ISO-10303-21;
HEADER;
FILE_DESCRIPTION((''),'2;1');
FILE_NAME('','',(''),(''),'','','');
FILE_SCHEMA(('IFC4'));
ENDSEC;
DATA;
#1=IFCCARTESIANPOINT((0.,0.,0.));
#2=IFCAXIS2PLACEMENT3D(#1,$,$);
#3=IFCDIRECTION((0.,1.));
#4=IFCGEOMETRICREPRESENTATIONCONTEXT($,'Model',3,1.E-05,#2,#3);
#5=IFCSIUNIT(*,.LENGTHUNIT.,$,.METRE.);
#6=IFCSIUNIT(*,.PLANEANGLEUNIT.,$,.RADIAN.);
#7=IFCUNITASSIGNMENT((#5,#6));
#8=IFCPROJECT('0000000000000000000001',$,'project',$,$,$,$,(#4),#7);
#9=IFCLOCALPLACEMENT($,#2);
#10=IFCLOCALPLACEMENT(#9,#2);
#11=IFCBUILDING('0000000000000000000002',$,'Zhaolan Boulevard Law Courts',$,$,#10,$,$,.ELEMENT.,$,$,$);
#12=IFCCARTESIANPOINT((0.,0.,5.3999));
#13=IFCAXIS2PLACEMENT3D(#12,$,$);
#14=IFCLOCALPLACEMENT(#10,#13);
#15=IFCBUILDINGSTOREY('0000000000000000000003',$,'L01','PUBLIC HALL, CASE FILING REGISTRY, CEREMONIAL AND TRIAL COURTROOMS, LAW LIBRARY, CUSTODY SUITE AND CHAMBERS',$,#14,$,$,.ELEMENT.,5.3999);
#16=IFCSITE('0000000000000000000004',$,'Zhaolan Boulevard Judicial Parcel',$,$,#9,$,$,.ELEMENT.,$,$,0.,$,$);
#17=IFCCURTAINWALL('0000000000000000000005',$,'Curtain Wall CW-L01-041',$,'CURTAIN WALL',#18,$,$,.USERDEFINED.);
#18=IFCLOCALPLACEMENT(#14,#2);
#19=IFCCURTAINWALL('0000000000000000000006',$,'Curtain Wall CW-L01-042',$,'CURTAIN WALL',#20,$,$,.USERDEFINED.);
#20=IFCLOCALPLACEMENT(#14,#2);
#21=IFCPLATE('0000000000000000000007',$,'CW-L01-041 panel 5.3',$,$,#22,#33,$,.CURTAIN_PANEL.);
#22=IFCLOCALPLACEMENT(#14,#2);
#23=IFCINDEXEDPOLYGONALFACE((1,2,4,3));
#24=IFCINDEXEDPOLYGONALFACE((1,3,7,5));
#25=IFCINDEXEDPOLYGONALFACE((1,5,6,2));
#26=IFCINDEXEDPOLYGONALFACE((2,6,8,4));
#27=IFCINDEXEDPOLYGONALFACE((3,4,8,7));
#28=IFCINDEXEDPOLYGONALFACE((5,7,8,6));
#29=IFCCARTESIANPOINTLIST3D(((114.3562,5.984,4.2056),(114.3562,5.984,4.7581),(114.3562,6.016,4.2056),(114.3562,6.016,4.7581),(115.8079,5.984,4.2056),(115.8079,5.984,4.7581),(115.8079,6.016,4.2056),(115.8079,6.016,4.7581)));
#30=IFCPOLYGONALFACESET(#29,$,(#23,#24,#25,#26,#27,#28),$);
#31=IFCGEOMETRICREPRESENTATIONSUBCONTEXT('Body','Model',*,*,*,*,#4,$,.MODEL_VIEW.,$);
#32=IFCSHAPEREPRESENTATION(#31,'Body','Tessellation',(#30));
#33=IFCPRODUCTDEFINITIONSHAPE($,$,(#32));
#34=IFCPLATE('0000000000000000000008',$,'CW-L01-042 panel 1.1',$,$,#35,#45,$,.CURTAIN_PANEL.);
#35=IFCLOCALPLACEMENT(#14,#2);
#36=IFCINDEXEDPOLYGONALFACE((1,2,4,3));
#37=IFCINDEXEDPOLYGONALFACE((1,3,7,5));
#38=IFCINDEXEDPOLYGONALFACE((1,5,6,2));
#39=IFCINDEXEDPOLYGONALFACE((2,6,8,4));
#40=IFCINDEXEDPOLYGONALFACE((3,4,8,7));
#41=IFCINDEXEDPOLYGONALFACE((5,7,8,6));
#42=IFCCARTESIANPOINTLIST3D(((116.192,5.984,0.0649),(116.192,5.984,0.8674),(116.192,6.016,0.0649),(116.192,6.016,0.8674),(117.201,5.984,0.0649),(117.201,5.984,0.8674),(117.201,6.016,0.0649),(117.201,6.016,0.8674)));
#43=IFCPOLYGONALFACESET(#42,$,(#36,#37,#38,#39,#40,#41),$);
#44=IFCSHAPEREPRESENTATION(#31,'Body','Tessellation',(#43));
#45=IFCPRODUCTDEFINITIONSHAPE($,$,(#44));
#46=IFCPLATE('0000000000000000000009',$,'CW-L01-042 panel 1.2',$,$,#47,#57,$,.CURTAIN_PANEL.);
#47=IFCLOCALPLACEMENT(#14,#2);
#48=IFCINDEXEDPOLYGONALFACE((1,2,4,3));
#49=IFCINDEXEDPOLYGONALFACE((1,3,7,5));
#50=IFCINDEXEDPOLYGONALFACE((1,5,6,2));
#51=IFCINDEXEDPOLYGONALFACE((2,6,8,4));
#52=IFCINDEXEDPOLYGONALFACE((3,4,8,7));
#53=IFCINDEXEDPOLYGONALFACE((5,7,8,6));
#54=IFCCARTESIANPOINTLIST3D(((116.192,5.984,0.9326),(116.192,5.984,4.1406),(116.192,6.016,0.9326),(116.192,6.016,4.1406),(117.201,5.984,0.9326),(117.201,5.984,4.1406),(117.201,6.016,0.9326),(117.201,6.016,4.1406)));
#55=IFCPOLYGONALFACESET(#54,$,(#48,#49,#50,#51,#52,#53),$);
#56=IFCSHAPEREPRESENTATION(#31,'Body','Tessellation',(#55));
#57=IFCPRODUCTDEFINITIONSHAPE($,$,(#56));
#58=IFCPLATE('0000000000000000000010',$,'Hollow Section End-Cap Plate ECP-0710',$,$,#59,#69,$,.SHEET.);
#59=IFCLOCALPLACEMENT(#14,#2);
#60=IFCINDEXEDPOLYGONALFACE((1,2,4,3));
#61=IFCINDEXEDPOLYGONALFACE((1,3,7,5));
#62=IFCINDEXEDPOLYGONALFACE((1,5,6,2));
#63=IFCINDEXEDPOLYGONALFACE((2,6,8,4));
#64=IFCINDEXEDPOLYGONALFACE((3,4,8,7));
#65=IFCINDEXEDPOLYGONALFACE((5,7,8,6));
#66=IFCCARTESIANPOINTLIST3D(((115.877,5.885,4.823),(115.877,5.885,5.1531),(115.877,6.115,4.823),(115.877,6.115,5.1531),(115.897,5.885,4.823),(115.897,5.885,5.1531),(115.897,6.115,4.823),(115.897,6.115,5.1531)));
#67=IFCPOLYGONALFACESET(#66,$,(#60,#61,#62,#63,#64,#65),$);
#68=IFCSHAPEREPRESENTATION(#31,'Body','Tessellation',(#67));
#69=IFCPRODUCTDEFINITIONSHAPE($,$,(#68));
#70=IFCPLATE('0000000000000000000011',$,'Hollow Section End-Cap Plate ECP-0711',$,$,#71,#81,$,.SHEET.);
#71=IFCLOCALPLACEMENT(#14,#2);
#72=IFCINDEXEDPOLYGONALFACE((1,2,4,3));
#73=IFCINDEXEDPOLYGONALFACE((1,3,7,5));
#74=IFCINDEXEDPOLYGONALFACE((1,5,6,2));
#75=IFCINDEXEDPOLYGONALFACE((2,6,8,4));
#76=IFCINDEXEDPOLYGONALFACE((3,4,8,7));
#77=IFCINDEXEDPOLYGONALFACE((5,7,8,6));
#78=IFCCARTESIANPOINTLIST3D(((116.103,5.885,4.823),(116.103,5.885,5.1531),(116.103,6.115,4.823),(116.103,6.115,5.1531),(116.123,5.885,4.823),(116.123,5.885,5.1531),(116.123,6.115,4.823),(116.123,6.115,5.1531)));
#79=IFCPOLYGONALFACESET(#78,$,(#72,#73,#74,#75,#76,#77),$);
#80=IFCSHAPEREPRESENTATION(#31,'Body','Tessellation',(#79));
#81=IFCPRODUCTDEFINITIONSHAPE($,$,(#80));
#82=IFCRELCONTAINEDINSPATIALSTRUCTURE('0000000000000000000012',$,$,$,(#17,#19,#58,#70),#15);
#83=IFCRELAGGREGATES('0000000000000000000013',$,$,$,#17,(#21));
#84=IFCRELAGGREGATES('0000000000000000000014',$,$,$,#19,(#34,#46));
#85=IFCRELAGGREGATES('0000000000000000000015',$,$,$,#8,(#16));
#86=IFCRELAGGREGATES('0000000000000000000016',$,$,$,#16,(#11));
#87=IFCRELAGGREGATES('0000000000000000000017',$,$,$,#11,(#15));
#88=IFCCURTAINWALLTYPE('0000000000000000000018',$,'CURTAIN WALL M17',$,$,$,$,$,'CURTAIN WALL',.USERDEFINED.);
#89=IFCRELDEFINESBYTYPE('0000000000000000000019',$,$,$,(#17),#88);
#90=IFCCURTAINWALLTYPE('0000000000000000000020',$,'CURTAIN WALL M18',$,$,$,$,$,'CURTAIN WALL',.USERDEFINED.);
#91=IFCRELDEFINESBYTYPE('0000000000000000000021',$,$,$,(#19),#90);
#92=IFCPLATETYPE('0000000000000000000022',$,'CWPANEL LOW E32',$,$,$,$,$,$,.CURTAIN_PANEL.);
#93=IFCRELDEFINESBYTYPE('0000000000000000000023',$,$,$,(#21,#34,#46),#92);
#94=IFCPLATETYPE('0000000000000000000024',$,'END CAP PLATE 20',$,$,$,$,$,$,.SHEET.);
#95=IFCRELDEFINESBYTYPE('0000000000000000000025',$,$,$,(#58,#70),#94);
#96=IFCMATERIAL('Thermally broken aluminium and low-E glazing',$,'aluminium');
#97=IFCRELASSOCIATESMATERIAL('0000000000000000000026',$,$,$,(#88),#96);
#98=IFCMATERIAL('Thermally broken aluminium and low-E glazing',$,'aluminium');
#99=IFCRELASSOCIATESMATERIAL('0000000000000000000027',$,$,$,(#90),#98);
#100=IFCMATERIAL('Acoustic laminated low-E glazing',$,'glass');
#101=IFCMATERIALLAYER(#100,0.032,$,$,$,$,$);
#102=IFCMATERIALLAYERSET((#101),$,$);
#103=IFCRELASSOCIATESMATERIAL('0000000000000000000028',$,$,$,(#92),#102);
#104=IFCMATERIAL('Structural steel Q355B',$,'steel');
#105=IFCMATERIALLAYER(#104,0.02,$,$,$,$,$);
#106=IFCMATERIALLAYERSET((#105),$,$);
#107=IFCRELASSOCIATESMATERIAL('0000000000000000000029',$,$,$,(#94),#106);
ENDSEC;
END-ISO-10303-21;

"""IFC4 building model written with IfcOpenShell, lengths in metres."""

from ifc_helpers import new_model, si_unit, direction, frame, origin, origin_2d, place, context, subcontext, project, spatial, rectangle, extrude, material, layer, layer_set, type_object, element, aggregate, save


model = new_model("IFC4")

# Units and contexts
model_context = context("Model", 3, precision=1e-05, world=origin(), true_north=direction((0.0, 1.0)))
body_context = subcontext(model_context, "Body", "Model", "MODEL_VIEW")
ifc_project = project(units=[si_unit("LENGTHUNIT", "METRE"), si_unit("PLANEANGLEUNIT", "RADIAN")], contexts=[model_context])

# Site, building, storey
site_placement = place(None, origin())
site = spatial("IfcSite", under=ifc_project, at=site_placement, Name="Zhaolan Boulevard Judicial Parcel", CompositionType="ELEMENT", RefElevation=0.0)
building_placement = place(site_placement, origin())
building = spatial("IfcBuilding", under=site, at=building_placement, Name="Zhaolan Boulevard Law Courts", CompositionType="ELEMENT")
storey_placement = place(building_placement, frame((0.0, 0.0, 5.3999)))
storey = spatial("IfcBuildingStorey", under=building, at=storey_placement, Name="L01", Description="PUBLIC HALL, CASE FILING REGISTRY, CEREMONIAL AND TRIAL COURTROOMS, LAW LIBRARY, CUSTODY SUITE AND CHAMBERS", CompositionType="ELEMENT", Elevation=5.3999)

# Curtain wall
ifc_material_1 = material(Name="Thermally broken aluminium and low-E glazing", Category="aluminium")
curtain_wall_type_1 = type_object("IfcCurtainWallType", Name="CURTAIN WALL M17", ElementType="CURTAIN WALL", PredefinedType="USERDEFINED", material=ifc_material_1)
curtain_wall_1_placement = place(storey_placement, origin())
curtain_wall_1 = element("IfcCurtainWall", 1, at=curtain_wall_1_placement, inside=storey, type_object=curtain_wall_type_1, Name="Curtain Wall CW-L01-041", ObjectType="CURTAIN WALL", PredefinedType="USERDEFINED")

# Curtain wall
ifc_material_2 = material(Name="Thermally broken aluminium and low-E glazing", Category="aluminium")
curtain_wall_type_2 = type_object("IfcCurtainWallType", Name="CURTAIN WALL M18", ElementType="CURTAIN WALL", PredefinedType="USERDEFINED", material=ifc_material_2)
curtain_wall_2_placement = place(storey_placement, origin())
curtain_wall_2 = element("IfcCurtainWall", 2, at=curtain_wall_2_placement, inside=storey, type_object=curtain_wall_type_2, Name="Curtain Wall CW-L01-042", ObjectType="CURTAIN WALL", PredefinedType="USERDEFINED")

# Plates
ifc_material_3 = material(Name="Acoustic laminated low-E glazing", Category="glass")
ifc_layer_1 = layer(ifc_material_3, 0.032)
ifc_layer_set_1 = layer_set([ifc_layer_1])
plate_type_1 = type_object("IfcPlateType", Name="CWPANEL LOW E32", PredefinedType="CURTAIN_PANEL", material=ifc_layer_set_1)
plate_1_placement = place(storey_placement, frame((115.082, 6.0, 4.2056), z_axis=(0.0, 0.0, 1.0), x_axis=(1.0, 0.0, 0.0)))
plate_1 = element("IfcPlate", 3, at=plate_1_placement, type_object=plate_type_1, Name="CW-L01-041 panel 5.3", PredefinedType="CURTAIN_PANEL", context=body_context, shape_type="SweptSolid", body=[
    extrude(rectangle(XDim=1.4517, YDim=0.032, at=origin_2d()), origin(), (0.0, 0.0, 1.0), 0.5525),
])
aggregate(curtain_wall_1, [plate_1])
plate_2_placement = place(storey_placement, frame((116.6965, 6.0, 0.0649), z_axis=(0.0, 0.0, 1.0), x_axis=(1.0, 0.0, 0.0)))
plate_2 = element("IfcPlate", 4, at=plate_2_placement, type_object=plate_type_1, Name="CW-L01-042 panel 1.1", PredefinedType="CURTAIN_PANEL", context=body_context, shape_type="SweptSolid", body=[
    extrude(rectangle(XDim=1.009, YDim=0.032, at=origin_2d()), origin(), (0.0, 0.0, 1.0), 0.8025),
])
plate_3_placement = place(storey_placement, frame((116.6965, 6.0, 0.9326), z_axis=(0.0, 0.0, 1.0), x_axis=(1.0, 0.0, 0.0)))
plate_3 = element("IfcPlate", 5, at=plate_3_placement, type_object=plate_type_1, Name="CW-L01-042 panel 1.2", PredefinedType="CURTAIN_PANEL", context=body_context, shape_type="SweptSolid", body=[
    extrude(rectangle(XDim=1.009, YDim=0.032, at=origin_2d()), origin(), (0.0, 0.0, 1.0), 3.208),
])
aggregate(curtain_wall_2, [plate_2, plate_3])

# Plates
ifc_material_4 = material(Name="Structural steel Q355B", Category="steel")
ifc_layer_2 = layer(ifc_material_4, 0.02)
ifc_layer_set_2 = layer_set([ifc_layer_2])
plate_type_2 = type_object("IfcPlateType", Name="END CAP PLATE 20", PredefinedType="SHEET", material=ifc_layer_set_2)
for number, where, z_axis, x_axis, name in (
    (6, (115.887, 6.0, 4.823), (0.0, 0.0, 1.0), (1.0, 0.0, 0.0), "Hollow Section End-Cap Plate ECP-0710"),
    (7, (116.113, 6.0, 4.823), (0.0, 0.0, 1.0), (1.0, 0.0, 0.0), "Hollow Section End-Cap Plate ECP-0711"),
):
    element("IfcPlate", number, at=place(storey_placement, frame(where, z_axis=z_axis, x_axis=x_axis)), inside=storey, type_object=plate_type_2, Name=name, PredefinedType="SHEET", context=body_context, shape_type="SweptSolid", body=[
        extrude(rectangle(XDim=0.02, YDim=0.23, at=origin_2d()), origin(), (0.0, 0.0, 1.0), 0.3301),
    ])

save(model, "model.ifc")
